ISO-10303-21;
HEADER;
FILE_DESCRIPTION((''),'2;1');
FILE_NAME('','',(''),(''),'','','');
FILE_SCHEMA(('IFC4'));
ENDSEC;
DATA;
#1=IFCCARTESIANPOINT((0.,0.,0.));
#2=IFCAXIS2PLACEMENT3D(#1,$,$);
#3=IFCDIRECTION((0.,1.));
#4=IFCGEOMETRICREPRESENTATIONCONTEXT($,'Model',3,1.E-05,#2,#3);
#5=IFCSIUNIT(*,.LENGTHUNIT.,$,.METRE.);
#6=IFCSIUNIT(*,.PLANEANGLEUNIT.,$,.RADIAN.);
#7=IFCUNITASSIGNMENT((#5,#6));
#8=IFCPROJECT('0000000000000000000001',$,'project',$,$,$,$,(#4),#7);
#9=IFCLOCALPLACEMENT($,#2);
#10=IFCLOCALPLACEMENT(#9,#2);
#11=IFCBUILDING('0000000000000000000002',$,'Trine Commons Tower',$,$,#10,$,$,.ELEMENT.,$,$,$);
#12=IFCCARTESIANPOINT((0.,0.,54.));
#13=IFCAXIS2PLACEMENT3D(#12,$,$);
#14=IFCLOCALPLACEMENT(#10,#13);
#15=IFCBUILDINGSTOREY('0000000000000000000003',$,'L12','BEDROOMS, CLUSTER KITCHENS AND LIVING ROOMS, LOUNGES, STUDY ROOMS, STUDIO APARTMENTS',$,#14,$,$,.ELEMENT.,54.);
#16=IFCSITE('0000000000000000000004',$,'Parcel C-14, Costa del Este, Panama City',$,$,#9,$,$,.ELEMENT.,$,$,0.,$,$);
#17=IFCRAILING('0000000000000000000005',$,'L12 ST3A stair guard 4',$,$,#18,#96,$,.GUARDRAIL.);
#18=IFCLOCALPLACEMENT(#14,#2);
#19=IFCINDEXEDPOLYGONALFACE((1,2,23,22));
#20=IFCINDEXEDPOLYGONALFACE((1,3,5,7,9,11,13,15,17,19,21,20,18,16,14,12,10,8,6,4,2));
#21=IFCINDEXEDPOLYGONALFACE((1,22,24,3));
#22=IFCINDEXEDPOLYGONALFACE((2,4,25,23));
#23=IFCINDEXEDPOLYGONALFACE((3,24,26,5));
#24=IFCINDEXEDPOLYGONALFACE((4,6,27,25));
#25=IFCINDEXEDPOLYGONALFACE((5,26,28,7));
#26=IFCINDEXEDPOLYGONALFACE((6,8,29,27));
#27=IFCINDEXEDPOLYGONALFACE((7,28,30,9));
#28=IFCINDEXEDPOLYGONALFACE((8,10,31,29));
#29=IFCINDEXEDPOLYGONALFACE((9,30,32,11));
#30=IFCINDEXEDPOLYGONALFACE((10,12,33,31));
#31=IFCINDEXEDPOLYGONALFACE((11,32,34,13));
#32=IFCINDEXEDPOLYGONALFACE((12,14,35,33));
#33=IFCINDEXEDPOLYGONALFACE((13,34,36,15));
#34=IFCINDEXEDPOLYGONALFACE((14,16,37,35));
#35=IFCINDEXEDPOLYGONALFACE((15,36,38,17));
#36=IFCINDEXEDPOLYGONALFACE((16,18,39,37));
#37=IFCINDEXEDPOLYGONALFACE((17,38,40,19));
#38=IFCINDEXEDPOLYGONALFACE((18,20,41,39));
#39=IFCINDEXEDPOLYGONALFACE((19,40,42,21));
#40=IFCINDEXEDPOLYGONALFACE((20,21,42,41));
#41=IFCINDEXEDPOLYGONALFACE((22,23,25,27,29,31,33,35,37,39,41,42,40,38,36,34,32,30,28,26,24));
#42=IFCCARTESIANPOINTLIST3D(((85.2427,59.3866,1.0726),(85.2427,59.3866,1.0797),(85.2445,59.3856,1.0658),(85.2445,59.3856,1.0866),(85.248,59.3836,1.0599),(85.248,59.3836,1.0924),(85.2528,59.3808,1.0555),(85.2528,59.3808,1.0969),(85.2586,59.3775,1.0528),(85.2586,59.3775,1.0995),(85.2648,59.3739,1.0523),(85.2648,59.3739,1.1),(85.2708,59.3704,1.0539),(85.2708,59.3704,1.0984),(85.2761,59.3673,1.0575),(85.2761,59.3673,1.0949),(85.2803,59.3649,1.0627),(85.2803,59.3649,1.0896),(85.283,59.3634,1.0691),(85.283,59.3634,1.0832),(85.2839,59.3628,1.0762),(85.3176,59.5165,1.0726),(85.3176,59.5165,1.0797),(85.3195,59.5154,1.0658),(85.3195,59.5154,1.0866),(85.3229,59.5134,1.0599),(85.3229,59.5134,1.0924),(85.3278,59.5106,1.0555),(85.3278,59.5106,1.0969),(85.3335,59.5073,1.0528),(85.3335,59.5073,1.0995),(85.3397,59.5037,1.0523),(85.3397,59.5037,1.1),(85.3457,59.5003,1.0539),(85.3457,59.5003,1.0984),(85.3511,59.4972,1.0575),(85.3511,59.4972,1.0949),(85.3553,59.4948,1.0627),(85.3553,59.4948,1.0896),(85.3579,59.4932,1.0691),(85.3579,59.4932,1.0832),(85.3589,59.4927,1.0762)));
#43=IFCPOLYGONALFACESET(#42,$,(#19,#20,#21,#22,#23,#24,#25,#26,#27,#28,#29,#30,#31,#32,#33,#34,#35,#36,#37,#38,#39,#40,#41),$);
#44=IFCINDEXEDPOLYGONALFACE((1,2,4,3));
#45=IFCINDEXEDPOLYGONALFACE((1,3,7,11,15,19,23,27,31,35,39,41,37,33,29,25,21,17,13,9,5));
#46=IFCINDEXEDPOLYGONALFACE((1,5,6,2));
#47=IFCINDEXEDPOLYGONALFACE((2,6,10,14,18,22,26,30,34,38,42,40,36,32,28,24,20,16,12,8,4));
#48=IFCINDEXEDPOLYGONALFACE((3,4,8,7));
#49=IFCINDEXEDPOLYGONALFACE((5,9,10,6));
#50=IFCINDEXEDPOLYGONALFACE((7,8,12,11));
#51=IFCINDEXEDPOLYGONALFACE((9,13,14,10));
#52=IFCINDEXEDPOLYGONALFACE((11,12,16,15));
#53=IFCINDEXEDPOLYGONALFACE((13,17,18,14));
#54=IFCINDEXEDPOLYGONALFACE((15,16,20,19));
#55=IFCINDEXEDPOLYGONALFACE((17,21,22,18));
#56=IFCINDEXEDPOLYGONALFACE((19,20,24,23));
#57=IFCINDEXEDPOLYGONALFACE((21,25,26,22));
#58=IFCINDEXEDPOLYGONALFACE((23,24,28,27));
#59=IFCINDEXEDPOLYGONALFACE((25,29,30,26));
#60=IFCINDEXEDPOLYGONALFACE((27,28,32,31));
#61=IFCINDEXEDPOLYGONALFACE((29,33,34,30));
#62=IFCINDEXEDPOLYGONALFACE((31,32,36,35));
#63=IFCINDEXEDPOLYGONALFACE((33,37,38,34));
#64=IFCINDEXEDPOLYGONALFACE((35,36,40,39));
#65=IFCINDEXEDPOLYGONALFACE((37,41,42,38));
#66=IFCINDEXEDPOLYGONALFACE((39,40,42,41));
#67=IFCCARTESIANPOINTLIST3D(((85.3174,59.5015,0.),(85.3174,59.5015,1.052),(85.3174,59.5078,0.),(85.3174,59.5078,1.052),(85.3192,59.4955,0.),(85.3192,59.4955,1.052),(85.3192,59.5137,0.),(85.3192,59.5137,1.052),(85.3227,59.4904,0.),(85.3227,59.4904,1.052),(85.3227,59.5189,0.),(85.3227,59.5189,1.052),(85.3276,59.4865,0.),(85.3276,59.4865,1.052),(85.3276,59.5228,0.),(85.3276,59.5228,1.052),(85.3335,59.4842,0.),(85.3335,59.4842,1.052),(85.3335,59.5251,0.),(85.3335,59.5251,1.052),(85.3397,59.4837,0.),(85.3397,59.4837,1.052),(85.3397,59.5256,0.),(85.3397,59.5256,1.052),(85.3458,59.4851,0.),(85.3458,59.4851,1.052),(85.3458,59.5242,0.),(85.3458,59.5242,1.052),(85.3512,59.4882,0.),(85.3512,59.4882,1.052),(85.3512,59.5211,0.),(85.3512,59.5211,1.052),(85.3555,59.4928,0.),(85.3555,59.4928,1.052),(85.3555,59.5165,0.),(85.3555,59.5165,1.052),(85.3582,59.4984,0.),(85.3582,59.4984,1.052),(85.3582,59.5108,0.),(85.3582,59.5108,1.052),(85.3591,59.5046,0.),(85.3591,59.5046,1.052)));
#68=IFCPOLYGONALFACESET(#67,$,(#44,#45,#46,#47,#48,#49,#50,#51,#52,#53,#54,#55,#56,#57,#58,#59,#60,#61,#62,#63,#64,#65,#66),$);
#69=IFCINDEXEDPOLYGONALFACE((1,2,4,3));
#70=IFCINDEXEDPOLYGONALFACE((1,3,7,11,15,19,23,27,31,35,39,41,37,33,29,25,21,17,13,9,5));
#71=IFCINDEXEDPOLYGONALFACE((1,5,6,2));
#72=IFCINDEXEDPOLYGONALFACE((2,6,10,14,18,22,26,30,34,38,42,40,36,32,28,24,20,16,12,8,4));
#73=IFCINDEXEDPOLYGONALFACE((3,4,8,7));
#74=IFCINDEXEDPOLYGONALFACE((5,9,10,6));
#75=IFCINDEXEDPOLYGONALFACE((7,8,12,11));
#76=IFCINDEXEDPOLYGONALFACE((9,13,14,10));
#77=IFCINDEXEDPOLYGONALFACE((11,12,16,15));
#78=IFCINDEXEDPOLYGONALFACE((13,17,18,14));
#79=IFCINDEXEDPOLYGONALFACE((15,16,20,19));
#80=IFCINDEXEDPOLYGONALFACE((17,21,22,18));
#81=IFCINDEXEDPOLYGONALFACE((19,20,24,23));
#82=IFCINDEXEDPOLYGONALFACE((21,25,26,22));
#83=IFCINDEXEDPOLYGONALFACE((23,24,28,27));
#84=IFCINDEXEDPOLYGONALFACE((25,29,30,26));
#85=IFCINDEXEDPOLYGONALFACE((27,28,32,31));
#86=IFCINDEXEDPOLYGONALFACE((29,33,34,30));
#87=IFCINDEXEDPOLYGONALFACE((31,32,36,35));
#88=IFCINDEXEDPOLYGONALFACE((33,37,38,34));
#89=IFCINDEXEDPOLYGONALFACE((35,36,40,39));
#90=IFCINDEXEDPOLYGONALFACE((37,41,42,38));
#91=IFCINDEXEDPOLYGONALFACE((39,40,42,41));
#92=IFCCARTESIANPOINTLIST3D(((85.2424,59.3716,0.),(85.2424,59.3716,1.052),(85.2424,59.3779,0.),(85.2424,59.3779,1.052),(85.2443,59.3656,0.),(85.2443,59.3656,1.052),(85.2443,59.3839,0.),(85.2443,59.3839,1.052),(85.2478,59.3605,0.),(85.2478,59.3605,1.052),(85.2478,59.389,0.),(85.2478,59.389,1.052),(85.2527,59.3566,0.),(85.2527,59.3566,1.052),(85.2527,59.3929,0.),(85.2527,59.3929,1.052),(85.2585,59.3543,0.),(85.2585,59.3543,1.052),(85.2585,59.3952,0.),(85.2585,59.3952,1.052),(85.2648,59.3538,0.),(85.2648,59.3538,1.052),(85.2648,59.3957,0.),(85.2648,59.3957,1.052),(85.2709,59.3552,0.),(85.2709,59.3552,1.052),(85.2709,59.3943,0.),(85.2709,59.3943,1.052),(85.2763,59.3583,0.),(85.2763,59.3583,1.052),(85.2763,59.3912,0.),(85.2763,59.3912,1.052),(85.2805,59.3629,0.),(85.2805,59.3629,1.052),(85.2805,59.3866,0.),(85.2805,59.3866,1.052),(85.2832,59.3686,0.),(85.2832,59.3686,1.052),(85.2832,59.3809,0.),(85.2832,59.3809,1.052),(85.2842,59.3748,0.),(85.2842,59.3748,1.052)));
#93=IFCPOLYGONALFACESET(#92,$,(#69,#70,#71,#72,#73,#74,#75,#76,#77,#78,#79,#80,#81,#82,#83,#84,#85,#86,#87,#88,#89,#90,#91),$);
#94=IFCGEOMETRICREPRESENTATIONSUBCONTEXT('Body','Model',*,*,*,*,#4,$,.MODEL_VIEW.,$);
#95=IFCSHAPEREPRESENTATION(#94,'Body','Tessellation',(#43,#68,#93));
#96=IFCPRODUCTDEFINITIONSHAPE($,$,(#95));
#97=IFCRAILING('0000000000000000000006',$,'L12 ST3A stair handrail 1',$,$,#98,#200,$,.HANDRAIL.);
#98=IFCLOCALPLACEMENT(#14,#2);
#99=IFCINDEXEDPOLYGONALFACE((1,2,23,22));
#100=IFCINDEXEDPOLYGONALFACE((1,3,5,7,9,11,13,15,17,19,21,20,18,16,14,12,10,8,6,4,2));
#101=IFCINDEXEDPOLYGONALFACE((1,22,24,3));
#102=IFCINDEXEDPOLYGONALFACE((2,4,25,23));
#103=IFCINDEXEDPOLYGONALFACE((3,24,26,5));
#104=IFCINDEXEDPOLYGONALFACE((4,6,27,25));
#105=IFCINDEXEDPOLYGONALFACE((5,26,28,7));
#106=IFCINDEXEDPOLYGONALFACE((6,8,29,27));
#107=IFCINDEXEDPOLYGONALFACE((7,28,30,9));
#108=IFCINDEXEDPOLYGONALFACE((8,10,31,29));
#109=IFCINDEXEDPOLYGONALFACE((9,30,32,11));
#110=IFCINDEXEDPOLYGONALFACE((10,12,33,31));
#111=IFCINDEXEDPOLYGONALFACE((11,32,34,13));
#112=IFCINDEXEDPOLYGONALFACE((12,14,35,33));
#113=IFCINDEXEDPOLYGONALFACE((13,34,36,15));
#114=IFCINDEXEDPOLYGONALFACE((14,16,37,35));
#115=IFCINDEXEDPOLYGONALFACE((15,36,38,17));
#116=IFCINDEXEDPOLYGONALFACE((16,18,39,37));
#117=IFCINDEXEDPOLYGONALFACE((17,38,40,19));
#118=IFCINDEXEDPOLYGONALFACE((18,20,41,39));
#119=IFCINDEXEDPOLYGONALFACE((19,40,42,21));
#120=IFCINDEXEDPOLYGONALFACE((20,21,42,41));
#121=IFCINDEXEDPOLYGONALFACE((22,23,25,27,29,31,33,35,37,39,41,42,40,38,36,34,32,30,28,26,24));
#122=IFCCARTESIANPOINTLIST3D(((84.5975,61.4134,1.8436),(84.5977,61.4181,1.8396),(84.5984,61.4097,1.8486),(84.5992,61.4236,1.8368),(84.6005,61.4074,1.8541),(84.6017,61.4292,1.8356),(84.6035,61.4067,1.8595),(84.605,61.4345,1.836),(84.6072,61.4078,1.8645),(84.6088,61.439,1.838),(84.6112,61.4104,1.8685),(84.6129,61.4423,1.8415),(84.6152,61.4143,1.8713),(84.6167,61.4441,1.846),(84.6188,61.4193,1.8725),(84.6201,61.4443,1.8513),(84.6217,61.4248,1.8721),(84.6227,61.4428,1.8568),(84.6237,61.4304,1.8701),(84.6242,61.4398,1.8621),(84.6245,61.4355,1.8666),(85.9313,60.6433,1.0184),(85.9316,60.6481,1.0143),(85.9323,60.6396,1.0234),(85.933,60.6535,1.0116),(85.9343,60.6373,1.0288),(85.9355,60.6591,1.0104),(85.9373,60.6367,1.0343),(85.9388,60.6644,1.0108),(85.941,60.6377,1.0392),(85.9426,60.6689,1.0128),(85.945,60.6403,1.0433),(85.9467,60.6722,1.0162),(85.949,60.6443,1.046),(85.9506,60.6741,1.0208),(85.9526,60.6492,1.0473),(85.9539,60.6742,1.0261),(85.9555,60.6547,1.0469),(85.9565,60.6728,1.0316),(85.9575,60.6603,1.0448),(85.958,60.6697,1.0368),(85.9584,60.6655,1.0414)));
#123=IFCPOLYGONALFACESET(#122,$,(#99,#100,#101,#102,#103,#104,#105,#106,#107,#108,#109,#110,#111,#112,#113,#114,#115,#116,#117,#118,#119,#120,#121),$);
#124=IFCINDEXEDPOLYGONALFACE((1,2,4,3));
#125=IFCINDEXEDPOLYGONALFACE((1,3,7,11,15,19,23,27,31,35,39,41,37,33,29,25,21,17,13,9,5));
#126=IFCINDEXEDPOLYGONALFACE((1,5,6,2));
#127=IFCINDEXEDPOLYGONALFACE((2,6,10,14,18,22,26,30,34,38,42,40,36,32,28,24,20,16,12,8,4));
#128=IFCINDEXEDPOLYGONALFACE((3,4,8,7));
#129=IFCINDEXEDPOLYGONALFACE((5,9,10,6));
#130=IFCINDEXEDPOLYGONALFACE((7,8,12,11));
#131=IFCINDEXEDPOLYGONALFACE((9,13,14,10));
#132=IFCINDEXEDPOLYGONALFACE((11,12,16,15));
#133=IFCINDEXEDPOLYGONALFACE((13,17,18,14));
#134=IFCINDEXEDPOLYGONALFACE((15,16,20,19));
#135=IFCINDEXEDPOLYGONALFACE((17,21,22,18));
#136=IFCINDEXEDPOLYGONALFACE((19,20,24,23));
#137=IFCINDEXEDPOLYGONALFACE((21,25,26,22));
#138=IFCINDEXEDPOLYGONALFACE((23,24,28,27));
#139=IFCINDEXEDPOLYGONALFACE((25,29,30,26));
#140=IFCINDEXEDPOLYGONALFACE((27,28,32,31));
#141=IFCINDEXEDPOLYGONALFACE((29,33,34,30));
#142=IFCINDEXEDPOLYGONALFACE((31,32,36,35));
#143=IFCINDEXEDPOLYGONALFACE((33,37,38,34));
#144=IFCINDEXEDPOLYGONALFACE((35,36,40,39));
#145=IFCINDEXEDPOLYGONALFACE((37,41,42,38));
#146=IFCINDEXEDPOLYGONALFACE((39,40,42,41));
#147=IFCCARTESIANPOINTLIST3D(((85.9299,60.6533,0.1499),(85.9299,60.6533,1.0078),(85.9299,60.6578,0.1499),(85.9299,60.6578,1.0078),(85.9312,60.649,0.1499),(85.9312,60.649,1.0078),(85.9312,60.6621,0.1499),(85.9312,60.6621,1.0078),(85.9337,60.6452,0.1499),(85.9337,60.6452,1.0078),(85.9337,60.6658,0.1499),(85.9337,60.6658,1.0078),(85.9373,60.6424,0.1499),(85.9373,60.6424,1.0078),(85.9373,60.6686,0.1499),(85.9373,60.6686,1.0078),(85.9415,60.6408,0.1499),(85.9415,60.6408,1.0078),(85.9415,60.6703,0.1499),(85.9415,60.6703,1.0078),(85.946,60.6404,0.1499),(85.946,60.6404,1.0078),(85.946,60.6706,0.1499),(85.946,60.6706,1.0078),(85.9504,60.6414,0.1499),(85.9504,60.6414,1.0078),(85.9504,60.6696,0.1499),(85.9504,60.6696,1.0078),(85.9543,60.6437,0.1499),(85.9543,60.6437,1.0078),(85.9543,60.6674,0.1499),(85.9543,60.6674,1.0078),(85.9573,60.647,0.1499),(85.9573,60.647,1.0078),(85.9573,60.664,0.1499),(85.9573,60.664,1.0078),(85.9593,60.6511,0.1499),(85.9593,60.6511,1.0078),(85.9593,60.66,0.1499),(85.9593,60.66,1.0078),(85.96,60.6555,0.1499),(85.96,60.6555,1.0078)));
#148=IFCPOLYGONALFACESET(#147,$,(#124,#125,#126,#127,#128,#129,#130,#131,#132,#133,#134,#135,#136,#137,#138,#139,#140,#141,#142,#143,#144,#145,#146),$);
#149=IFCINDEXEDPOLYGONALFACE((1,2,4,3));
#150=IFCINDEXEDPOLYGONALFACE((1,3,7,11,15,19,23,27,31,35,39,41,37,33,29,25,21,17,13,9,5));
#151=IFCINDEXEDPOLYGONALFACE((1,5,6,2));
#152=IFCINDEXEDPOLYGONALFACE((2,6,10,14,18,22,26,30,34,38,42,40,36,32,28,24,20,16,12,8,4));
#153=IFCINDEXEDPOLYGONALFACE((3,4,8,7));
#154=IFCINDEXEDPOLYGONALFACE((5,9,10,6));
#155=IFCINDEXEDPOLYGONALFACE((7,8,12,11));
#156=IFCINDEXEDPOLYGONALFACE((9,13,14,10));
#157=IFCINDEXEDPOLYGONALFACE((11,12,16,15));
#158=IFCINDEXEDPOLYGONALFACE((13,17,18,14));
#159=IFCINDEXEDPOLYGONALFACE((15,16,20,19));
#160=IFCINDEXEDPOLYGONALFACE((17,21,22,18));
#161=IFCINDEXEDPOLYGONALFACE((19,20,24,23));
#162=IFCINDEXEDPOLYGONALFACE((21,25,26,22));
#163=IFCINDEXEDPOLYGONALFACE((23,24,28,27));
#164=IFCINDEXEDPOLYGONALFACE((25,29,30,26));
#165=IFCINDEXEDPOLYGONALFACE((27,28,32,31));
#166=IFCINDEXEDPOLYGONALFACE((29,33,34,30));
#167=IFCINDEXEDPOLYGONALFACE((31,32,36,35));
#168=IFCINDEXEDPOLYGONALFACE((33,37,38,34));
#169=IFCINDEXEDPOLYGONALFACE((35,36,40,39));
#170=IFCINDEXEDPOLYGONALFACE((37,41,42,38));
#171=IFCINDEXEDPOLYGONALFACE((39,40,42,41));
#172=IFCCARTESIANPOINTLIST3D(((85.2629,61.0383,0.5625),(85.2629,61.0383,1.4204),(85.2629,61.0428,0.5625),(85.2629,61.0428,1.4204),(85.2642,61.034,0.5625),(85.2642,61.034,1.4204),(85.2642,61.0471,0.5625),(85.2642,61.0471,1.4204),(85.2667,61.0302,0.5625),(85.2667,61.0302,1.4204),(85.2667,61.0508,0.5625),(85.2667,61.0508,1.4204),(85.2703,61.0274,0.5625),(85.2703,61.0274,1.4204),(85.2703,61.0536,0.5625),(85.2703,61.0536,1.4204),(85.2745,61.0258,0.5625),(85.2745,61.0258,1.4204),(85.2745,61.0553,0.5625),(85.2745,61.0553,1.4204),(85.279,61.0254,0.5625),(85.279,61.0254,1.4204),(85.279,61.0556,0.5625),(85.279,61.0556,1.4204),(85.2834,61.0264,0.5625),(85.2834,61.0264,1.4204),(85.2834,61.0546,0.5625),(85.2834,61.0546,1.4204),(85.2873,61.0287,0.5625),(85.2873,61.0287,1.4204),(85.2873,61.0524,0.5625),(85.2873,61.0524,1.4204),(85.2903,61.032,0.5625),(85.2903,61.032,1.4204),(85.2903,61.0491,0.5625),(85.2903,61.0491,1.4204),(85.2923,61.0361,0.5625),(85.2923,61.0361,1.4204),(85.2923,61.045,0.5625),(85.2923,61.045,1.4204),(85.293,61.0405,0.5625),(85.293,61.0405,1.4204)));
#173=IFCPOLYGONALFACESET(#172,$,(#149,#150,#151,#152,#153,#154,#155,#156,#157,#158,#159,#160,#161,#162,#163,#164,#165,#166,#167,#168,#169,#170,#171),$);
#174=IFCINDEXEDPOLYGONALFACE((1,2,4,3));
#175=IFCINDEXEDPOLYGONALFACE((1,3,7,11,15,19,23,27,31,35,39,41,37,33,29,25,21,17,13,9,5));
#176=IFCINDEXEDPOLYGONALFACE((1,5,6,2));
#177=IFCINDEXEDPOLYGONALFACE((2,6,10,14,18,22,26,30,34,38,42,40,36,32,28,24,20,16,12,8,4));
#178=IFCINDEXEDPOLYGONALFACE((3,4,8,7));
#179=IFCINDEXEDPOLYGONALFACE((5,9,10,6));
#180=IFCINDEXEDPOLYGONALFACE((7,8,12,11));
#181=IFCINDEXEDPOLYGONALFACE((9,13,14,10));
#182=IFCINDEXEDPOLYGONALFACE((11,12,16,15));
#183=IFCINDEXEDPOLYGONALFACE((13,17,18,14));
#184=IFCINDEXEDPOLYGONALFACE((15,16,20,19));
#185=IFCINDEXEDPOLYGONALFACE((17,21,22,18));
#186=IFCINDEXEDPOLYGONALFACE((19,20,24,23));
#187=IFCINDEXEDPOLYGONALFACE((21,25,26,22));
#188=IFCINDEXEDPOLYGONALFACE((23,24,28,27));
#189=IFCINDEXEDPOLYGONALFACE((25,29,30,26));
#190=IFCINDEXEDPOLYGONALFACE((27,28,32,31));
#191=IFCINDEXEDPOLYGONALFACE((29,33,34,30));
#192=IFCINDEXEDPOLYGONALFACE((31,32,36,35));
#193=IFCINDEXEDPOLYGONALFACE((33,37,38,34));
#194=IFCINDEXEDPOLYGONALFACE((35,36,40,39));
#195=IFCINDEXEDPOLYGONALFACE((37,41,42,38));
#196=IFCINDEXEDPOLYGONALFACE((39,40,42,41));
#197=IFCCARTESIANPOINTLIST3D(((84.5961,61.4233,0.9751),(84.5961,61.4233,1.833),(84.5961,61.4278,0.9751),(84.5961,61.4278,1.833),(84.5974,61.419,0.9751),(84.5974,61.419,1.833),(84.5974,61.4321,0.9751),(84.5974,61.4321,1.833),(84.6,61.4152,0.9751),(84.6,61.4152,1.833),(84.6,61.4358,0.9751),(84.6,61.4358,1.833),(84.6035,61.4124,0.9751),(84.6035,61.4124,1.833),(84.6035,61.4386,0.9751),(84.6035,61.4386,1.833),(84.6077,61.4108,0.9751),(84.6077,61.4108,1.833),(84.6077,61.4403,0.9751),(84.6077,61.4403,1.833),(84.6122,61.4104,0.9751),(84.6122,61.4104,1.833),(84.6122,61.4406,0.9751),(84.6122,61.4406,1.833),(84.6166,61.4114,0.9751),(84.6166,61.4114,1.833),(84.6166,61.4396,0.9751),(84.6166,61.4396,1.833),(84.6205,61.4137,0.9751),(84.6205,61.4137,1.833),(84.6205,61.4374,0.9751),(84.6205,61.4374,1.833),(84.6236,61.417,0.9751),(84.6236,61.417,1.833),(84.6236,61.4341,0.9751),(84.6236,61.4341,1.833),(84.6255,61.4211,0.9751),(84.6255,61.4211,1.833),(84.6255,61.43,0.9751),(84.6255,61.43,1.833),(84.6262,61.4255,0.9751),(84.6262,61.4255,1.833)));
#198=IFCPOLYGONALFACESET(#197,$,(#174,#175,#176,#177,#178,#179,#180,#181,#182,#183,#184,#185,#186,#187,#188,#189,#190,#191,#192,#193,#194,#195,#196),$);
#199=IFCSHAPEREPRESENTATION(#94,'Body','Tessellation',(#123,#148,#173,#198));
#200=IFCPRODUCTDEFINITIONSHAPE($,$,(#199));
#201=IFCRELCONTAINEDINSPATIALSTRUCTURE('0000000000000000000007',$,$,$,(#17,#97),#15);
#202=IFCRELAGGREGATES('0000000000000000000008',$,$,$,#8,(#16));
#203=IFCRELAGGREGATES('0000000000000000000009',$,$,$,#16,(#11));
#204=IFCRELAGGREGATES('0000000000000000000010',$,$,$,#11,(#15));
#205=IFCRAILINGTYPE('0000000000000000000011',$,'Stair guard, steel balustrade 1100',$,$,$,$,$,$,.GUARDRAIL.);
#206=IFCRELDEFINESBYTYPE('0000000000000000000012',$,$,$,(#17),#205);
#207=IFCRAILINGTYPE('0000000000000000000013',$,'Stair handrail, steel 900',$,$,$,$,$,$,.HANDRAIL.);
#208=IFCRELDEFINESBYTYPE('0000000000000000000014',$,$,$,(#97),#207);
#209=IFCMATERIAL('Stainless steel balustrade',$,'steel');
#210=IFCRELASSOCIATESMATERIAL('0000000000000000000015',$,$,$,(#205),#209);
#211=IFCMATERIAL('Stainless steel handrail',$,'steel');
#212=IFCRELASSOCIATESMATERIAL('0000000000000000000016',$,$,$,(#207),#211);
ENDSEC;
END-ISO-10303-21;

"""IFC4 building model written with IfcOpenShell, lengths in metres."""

from ifc_helpers import new_model, si_unit, direction, frame, origin, origin_2d, place, context, subcontext, project, spatial, circle, extrude, material, type_object, element, save


model = new_model("IFC4")

# Units and contexts
model_context = context("Model", 3, precision=1e-05, world=origin(), true_north=direction((0.0, 1.0)))
body_context = subcontext(model_context, "Body", "Model", "MODEL_VIEW")
ifc_project = project(units=[si_unit("LENGTHUNIT", "METRE"), si_unit("PLANEANGLEUNIT", "RADIAN")], contexts=[model_context])

# Site, building, storey
site_placement = place(None, origin())
site = spatial("IfcSite", under=ifc_project, at=site_placement, Name="Parcel C-14, Costa del Este, Panama City", CompositionType="ELEMENT", RefElevation=0.0)
building_placement = place(site_placement, origin())
building = spatial("IfcBuilding", under=site, at=building_placement, Name="Trine Commons Tower", CompositionType="ELEMENT")
storey_placement = place(building_placement, frame((0.0, 0.0, 54.0)))
storey = spatial("IfcBuildingStorey", under=building, at=storey_placement, Name="L12", Description="BEDROOMS, CLUSTER KITCHENS AND LIVING ROOMS, LOUNGES, STUDY ROOMS, STUDIO APARTMENTS", CompositionType="ELEMENT", Elevation=54.0)

# Railings
ifc_material_1 = material(Name="Stainless steel balustrade", Category="steel")
railing_type_1 = type_object("IfcRailingType", Name="Stair guard, steel balustrade 1100", PredefinedType="GUARDRAIL", material=ifc_material_1)
railing_1_placement = place(storey_placement, frame((85.3381, 59.5046, 0.0)))
element("IfcRailing", 1, at=railing_1_placement, inside=storey, type_object=railing_type_1, Name="L12 ST3A stair guard 4", PredefinedType="GUARDRAIL", context=body_context, shape_type="SweptSolid", body=[
    extrude(circle(Radius=0.0239, at=origin_2d()), frame((0.0, 0.0, 1.0762), z_axis=(-0.499816, -0.866131, 0.0), x_axis=(0.866131, -0.499816, 0.0)), (0.0, 0.0, 1.0), 0.1499),
    extrude(circle(Radius=0.021, at=origin_2d()), origin(), (0.0, 0.0, 1.0), 1.052),
    extrude(circle(Radius=0.021, at=origin_2d()), frame((-0.075, -0.1299, 0.0)), (0.0, 0.0, 1.0), 1.052),
])
ifc_material_2 = material(Name="Stainless steel handrail", Category="steel")
railing_type_2 = type_object("IfcRailingType", Name="Stair handrail, steel 900", PredefinedType="HANDRAIL", material=ifc_material_2)
railing_2_placement = place(storey_placement, frame((85.9448, 60.6555, 0.1499)))
element("IfcRailing", 2, at=railing_2_placement, inside=storey, type_object=railing_type_2, Name="L12 ST3A stair handrail 1", PredefinedType="HANDRAIL", context=body_context, shape_type="SweptSolid", body=[
    extrude(circle(Radius=0.021, at=origin_2d()), frame((0.0, 0.0, 0.8789), z_axis=(-0.763355, 0.440714, 0.472293), x_axis=(-0.499992, -0.86603, 0.0)), (0.0, 0.0, 1.0), 1.7473),
    extrude(circle(Radius=0.0151, at=origin_2d()), origin(), (0.0, 0.0, 1.0), 0.8579),
    extrude(circle(Radius=0.0151, at=origin_2d()), frame((-0.667, 0.385, 0.4126)), (0.0, 0.0, 1.0), 0.8579),
    extrude(circle(Radius=0.0151, at=origin_2d()), frame((-1.3337, 0.77, 0.8252)), (0.0, 0.0, 1.0), 0.8579),
])

save(model, "model.ifc")
